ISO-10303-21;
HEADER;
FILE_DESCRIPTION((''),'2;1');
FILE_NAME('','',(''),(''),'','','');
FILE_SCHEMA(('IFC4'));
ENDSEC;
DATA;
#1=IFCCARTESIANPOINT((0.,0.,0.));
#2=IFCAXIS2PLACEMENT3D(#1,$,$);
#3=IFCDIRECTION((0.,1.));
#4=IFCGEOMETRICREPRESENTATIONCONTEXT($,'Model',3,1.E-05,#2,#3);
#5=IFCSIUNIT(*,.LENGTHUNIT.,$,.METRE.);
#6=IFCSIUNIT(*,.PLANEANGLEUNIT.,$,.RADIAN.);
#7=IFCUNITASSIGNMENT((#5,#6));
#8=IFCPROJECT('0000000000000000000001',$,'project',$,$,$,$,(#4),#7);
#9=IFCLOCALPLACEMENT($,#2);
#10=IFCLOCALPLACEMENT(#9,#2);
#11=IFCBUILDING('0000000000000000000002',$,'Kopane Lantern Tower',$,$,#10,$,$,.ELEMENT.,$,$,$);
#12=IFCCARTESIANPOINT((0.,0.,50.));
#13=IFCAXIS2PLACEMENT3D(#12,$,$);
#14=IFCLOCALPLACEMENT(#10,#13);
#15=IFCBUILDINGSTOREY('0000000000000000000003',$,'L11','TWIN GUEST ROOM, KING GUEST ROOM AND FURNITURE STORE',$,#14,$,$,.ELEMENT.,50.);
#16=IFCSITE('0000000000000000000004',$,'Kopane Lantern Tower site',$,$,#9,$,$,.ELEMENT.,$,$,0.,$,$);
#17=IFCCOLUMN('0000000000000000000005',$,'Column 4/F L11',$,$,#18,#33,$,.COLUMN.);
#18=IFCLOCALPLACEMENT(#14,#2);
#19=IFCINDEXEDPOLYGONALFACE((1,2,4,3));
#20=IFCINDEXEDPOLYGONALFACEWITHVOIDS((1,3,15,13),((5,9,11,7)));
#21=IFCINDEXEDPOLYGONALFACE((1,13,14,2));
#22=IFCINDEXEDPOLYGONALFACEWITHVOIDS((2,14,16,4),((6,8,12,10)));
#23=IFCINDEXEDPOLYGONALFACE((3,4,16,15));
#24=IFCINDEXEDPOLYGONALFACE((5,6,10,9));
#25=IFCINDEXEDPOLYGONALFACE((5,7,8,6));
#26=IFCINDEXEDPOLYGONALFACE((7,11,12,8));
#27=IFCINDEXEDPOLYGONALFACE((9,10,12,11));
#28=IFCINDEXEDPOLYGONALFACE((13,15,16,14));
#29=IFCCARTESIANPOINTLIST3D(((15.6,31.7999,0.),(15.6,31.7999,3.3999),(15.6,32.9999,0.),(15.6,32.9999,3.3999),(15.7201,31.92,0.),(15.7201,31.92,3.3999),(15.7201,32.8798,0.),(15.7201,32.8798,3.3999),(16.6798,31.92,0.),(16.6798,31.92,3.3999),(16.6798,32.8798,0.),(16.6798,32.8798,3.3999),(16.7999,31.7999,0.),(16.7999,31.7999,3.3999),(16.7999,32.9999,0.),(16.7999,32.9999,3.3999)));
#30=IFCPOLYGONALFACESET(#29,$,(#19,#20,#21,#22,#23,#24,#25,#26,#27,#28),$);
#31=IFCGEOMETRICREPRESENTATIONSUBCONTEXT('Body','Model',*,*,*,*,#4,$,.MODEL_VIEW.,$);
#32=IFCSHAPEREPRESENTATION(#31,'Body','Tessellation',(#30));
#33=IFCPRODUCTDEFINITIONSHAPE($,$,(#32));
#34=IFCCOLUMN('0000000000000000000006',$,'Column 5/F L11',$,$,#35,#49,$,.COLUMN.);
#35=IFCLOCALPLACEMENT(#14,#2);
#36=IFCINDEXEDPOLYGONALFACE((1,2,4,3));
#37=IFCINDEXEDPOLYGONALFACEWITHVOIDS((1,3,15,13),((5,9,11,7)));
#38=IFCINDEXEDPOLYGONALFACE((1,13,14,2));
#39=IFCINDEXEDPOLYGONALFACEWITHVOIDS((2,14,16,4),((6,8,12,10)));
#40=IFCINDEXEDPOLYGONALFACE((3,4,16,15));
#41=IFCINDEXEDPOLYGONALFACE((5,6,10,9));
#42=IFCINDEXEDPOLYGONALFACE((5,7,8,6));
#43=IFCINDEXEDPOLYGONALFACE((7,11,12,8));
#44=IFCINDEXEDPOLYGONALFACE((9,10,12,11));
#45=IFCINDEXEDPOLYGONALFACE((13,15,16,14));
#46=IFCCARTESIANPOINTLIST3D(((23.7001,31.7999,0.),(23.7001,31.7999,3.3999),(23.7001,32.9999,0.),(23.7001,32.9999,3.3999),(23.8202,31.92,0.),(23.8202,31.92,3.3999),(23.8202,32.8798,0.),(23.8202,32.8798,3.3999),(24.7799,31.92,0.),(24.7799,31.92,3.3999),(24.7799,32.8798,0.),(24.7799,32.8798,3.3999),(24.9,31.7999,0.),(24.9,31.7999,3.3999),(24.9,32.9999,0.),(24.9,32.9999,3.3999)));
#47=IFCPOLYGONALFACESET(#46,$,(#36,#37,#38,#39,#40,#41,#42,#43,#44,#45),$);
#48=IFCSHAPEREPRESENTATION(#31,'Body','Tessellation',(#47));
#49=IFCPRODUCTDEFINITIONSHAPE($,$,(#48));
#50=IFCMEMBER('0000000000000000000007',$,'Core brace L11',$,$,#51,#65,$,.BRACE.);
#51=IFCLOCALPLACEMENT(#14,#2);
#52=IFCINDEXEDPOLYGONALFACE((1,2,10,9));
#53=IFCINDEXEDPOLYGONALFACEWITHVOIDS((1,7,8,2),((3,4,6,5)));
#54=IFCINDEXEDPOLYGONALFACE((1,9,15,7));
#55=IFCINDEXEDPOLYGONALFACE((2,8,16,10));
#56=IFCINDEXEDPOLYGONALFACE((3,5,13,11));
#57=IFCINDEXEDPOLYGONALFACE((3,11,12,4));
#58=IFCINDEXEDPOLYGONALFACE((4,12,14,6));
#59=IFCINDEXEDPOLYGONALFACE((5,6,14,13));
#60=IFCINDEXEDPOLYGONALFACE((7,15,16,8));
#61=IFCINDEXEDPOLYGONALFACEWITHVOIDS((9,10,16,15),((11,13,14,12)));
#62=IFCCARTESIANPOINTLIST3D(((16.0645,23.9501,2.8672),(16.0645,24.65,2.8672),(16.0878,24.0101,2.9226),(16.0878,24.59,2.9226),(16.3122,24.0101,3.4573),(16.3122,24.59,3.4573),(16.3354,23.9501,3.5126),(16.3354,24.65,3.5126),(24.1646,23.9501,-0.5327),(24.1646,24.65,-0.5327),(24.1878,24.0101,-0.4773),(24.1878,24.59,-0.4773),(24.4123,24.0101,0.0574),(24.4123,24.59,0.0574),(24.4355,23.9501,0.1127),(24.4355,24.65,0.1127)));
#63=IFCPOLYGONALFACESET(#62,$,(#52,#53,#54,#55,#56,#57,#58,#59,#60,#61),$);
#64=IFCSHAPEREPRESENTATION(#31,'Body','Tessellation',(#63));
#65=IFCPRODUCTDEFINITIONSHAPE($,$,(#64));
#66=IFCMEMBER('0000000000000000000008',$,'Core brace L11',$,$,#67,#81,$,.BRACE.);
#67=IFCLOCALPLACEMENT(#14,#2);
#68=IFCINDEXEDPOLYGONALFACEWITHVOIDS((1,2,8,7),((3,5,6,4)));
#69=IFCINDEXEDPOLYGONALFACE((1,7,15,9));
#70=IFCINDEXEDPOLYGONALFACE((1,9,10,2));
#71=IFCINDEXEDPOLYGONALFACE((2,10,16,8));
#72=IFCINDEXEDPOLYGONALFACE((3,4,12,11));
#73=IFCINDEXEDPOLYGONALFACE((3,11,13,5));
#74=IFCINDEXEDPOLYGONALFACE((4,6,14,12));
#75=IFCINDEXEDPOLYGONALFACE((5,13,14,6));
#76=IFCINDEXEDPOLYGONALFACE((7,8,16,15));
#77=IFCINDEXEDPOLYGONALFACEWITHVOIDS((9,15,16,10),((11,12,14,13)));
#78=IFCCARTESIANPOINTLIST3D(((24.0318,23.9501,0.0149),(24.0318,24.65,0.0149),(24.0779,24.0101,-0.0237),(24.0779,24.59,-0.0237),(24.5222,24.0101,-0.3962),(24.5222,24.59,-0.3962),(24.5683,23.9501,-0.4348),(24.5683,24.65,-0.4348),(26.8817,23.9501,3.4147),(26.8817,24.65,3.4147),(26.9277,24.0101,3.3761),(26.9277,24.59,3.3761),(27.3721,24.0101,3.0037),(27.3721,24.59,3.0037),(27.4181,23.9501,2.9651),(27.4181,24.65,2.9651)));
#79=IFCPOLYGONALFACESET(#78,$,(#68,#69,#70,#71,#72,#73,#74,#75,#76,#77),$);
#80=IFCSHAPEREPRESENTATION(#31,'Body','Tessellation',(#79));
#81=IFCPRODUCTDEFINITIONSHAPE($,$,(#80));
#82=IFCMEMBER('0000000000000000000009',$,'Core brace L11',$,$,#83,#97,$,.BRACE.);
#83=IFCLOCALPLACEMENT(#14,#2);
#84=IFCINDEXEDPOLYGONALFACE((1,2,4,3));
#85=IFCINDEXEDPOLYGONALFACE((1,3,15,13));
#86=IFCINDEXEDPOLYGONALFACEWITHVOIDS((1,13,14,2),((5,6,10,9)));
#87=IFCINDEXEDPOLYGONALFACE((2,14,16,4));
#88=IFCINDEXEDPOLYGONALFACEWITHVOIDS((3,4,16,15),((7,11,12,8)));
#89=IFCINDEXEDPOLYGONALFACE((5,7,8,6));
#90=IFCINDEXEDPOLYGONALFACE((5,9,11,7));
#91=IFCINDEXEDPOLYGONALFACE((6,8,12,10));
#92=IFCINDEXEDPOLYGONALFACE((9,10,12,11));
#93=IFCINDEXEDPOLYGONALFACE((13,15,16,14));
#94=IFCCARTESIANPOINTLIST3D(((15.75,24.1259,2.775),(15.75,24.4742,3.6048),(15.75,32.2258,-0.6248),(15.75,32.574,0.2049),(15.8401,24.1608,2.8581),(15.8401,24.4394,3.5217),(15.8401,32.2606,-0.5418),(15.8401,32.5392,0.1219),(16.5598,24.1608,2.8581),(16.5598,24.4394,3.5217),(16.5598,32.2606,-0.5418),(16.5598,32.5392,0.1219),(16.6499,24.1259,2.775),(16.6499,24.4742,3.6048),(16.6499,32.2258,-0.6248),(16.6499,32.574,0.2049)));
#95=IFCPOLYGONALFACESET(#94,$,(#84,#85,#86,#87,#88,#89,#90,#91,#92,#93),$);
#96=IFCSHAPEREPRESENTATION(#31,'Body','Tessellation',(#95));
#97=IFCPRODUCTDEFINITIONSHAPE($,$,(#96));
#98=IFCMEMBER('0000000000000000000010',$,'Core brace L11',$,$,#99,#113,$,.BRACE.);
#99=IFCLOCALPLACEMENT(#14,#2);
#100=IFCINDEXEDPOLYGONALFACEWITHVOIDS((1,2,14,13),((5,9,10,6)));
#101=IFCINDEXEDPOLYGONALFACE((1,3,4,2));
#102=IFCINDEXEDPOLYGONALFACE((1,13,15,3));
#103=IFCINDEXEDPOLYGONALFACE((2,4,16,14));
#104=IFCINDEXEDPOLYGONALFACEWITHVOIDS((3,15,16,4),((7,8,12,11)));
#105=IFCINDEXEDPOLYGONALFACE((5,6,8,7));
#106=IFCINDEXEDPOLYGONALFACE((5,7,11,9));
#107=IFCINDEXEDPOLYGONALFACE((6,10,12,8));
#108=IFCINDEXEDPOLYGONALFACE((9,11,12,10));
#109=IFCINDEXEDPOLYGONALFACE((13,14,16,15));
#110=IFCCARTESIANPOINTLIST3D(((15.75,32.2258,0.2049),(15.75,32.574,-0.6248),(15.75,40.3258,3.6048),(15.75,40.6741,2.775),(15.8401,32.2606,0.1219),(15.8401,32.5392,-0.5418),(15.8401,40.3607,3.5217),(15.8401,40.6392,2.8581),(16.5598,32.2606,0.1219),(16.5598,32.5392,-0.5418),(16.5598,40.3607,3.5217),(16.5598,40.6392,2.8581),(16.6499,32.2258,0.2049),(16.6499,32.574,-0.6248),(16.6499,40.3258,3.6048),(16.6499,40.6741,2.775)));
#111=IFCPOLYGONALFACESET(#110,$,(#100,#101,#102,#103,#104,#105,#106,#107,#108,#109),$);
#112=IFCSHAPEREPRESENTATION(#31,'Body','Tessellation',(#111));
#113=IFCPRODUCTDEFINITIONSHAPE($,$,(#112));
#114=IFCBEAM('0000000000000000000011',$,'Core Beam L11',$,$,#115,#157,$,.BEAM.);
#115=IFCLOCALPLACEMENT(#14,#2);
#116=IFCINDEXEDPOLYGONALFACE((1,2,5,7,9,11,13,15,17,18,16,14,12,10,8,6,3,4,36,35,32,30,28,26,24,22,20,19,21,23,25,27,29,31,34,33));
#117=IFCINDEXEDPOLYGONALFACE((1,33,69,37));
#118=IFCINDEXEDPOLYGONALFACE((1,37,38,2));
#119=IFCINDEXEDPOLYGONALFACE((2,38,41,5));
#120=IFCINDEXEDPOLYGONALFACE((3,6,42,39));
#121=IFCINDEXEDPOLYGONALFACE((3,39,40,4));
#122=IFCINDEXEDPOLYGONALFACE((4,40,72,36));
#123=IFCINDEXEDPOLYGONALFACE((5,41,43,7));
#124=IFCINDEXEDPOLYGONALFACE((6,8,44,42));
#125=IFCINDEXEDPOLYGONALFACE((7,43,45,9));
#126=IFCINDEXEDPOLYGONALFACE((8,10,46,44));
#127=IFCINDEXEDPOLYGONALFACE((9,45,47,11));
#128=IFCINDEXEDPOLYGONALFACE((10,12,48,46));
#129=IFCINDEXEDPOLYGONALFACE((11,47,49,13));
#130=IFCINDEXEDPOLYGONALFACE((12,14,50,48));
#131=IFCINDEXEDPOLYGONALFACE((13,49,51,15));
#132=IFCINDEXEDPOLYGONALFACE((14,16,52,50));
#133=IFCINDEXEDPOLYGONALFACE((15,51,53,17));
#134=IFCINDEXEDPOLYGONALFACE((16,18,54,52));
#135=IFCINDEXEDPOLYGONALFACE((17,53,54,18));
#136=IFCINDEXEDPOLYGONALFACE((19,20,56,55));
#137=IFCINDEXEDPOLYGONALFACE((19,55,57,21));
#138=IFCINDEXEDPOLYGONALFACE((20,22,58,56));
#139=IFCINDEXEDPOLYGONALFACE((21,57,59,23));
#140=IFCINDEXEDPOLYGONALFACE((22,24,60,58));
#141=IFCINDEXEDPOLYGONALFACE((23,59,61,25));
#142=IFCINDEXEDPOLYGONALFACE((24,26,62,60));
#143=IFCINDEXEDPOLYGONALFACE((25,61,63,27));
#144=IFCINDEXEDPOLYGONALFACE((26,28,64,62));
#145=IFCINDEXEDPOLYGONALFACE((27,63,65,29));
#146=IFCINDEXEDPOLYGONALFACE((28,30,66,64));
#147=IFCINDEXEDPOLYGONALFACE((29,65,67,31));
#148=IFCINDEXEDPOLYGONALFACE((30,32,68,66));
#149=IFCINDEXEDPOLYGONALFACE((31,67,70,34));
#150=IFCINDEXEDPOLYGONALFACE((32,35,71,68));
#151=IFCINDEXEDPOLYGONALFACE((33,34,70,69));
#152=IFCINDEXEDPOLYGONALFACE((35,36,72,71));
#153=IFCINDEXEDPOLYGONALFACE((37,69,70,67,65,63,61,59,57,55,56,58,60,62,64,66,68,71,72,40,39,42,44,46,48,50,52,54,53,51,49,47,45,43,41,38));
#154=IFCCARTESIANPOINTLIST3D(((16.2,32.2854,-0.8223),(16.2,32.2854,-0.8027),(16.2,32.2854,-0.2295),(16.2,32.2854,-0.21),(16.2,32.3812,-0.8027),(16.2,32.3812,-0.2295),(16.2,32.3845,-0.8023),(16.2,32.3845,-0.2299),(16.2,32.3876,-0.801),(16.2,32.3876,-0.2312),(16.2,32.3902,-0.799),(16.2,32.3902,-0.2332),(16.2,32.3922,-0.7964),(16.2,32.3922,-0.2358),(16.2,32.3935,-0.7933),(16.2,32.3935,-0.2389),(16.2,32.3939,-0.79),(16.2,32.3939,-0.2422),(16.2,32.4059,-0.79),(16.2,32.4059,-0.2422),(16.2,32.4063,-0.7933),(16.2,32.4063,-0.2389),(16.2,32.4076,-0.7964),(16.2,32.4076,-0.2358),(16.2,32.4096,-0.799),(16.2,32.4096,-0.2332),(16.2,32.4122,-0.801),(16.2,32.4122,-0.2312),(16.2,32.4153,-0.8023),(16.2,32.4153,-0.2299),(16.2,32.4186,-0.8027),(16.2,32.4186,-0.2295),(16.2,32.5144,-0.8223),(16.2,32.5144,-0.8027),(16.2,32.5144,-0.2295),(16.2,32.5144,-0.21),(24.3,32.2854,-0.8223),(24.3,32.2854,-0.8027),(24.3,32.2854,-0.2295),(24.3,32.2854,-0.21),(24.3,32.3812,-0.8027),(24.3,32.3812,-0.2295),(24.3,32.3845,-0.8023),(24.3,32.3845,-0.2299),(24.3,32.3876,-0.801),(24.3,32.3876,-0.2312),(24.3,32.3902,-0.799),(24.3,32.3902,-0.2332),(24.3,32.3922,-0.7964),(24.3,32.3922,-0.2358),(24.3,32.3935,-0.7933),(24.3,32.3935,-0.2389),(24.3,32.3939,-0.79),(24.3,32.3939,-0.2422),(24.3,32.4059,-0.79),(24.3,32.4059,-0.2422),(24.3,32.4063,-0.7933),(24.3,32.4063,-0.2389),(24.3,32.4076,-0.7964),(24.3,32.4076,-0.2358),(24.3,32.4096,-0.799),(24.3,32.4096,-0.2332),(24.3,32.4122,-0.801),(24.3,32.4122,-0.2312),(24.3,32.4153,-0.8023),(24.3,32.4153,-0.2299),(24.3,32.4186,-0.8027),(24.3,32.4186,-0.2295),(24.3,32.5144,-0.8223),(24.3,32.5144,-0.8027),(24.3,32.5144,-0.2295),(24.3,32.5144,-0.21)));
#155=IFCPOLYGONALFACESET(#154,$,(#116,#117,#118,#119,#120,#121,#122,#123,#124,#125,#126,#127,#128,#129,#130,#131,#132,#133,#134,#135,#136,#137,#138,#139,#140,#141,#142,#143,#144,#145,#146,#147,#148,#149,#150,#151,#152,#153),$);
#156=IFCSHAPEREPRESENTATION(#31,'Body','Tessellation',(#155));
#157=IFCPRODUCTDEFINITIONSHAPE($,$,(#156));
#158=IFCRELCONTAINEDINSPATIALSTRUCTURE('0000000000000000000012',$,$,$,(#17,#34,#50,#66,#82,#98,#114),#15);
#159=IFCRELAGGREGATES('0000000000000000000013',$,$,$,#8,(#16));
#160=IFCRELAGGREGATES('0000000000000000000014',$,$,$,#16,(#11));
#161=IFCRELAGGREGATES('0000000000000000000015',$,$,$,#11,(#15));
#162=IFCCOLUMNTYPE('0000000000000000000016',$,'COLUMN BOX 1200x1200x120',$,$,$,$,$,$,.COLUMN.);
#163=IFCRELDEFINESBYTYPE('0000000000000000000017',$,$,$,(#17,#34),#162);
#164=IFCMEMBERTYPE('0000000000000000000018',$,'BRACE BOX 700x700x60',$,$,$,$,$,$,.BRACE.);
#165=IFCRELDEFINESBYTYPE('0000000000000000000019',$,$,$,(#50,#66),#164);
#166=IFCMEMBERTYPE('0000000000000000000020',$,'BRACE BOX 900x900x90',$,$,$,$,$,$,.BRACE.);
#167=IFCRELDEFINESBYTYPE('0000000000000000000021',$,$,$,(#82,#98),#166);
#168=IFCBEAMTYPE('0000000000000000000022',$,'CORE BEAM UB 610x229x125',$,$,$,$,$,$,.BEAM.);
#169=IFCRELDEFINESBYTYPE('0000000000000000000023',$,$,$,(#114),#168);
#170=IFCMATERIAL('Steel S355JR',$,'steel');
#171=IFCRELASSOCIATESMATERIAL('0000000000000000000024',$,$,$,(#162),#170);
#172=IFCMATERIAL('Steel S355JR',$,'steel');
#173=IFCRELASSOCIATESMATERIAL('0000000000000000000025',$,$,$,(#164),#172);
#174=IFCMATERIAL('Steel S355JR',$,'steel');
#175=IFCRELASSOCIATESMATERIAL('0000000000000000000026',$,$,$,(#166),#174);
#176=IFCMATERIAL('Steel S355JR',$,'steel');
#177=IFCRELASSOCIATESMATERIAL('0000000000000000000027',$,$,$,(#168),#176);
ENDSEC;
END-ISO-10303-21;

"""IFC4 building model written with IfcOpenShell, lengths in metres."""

from ifc_helpers import new_model, si_unit, direction, frame, origin, origin_2d, place, context, subcontext, project, spatial, hollow_rectangle, i_section, extrude, material, material_profile, profile_set, type_object, element, save


model = new_model("IFC4")

# Units and contexts
model_context = context("Model", 3, precision=1e-05, world=origin(), true_north=direction((0.0, 1.0)))
body_context = subcontext(model_context, "Body", "Model", "MODEL_VIEW")
ifc_project = project(units=[si_unit("LENGTHUNIT", "METRE"), si_unit("PLANEANGLEUNIT", "RADIAN")], contexts=[model_context])

# Site, building, storey
site_placement = place(None, origin())
site = spatial("IfcSite", under=ifc_project, at=site_placement, Name="Kopane Lantern Tower site", CompositionType="ELEMENT", RefElevation=0.0)
building_placement = place(site_placement, origin())
building = spatial("IfcBuilding", under=site, at=building_placement, Name="Kopane Lantern Tower", CompositionType="ELEMENT")
storey_placement = place(building_placement, frame((0.0, 0.0, 50.0)))
storey = spatial("IfcBuildingStorey", under=building, at=storey_placement, Name="L11", Description="TWIN GUEST ROOM, KING GUEST ROOM AND FURNITURE STORE", CompositionType="ELEMENT", Elevation=50.0)

# Columns
ifc_material_1 = material(Name="Steel S355JR", Category="steel")
ifc_material_profile_1 = material_profile(ifc_material_1, hollow_rectangle(XDim=1.2, YDim=1.2, WallThickness=0.1201, at=origin_2d()), Name="BOX 1200x1200x120")
ifc_profile_set_1 = profile_set([ifc_material_profile_1], Name="Steel S355JR")
column_type = type_object("IfcColumnType", Name="COLUMN BOX 1200x1200x120", PredefinedType="COLUMN", material=ifc_profile_set_1)
for number, where, z_axis, x_axis, name in (
    (1, (16.2, 32.3999, 0.0), (0.0, 0.0, 1.0), (1.0, 0.0, 0.0), "Column 4/F L11"),
    (2, (24.3, 32.3999, 0.0), (0.0, 0.0, 1.0), (1.0, 0.0, 0.0), "Column 5/F L11"),
):
    element("IfcColumn", number, at=place(storey_placement, frame(where, z_axis=z_axis, x_axis=x_axis)), inside=storey, type_object=column_type, Name=name, PredefinedType="COLUMN", context=body_context, shape_type="SweptSolid", body=[
        extrude(hollow_rectangle(XDim=1.2, YDim=1.2, WallThickness=0.1201, at=origin_2d()), origin(), (0.0, 0.0, 1.0), 3.3999),
    ])

# Members
ifc_material_2 = material(Name="Steel S355JR", Category="steel")
ifc_material_profile_2 = material_profile(ifc_material_2, hollow_rectangle(XDim=0.7, YDim=0.7, WallThickness=0.0601, at=origin_2d()), Name="BOX 700x700x60")
ifc_profile_set_2 = profile_set([ifc_material_profile_2], Name="Steel S355JR")
member_type_1 = type_object("IfcMemberType", Name="BRACE BOX 700x700x60", PredefinedType="BRACE", material=ifc_profile_set_2)
member_1_placement = place(storey_placement, frame((24.3, 24.3, -0.21), z_axis=(-0.922069, 0.0, 0.387026), x_axis=(0.0, -1.0, 0.0)))
element("IfcMember", 3, at=member_1_placement, inside=storey, type_object=member_type_1, Name="Core brace L11", PredefinedType="BRACE", context=body_context, shape_type="SweptSolid", body=[
    extrude(hollow_rectangle(XDim=0.7, YDim=0.7, WallThickness=0.0601, at=origin_2d()), origin(), (0.0, 0.0, 1.0), 8.7847),
])
member_2_placement = place(storey_placement, frame((24.3, 24.3, -0.21), z_axis=(0.64239, 0.0, 0.766378), x_axis=(0.0, 1.0, 0.0)))
element("IfcMember", 4, at=member_2_placement, inside=storey, type_object=member_type_1, Name="Core brace L11", PredefinedType="BRACE", context=body_context, shape_type="SweptSolid", body=[
    extrude(hollow_rectangle(XDim=0.7, YDim=0.7, WallThickness=0.0601, at=origin_2d()), origin(), (0.0, 0.0, 1.0), 4.4363),
])
ifc_material_3 = material(Name="Steel S355JR", Category="steel")
ifc_material_profile_3 = material_profile(ifc_material_3, hollow_rectangle(XDim=0.8999, YDim=0.8999, WallThickness=0.0901, at=origin_2d()), Name="BOX 900x900x90")
ifc_profile_set_3 = profile_set([ifc_material_profile_3], Name="Steel S355JR")
member_type_2 = type_object("IfcMemberType", Name="BRACE BOX 900x900x90", PredefinedType="BRACE", material=ifc_profile_set_3)
member_3_placement = place(storey_placement, frame((16.2, 32.3999, -0.21), z_axis=(0.0, -0.922065, 0.387035), x_axis=(1.0, 0.0, 0.0)))
element("IfcMember", 5, at=member_3_placement, inside=storey, type_object=member_type_2, Name="Core brace L11", PredefinedType="BRACE", context=body_context, shape_type="SweptSolid", body=[
    extrude(hollow_rectangle(XDim=0.8999, YDim=0.8999, WallThickness=0.0901, at=origin_2d()), origin(), (0.0, 0.0, 1.0), 8.7844),
])
member_4_placement = place(storey_placement, frame((16.2, 32.3999, -0.21), z_axis=(0.0, 0.922069, 0.387026), x_axis=(-1.0, 0.0, 0.0)))
element("IfcMember", 6, at=member_4_placement, inside=storey, type_object=member_type_2, Name="Core brace L11", PredefinedType="BRACE", context=body_context, shape_type="SweptSolid", body=[
    extrude(hollow_rectangle(XDim=0.8999, YDim=0.8999, WallThickness=0.0901, at=origin_2d()), origin(), (0.0, 0.0, 1.0), 8.7847),
])

# Beam
ifc_material_4 = material(Name="Steel S355JR", Category="steel")
ifc_material_profile_4 = material_profile(ifc_material_4, i_section(OverallWidth=0.229, OverallDepth=0.6123, WebThickness=0.012, FlangeThickness=0.0195, FilletRadius=0.0127, at=origin_2d()), Name="UB 610x229x125")
ifc_profile_set_4 = profile_set([ifc_material_profile_4], Name="Steel S355JR")
beam_type_1 = type_object("IfcBeamType", Name="CORE BEAM UB 610x229x125", PredefinedType="BEAM", material=ifc_profile_set_4)
for number, where, z_axis, x_axis, name in (
    (7, (16.2, 32.3999, -0.5161), (1.0, 0.0, 0.0), (0.0, 1.0, 0.0), "Core Beam L11"),
):
    element("IfcBeam", number, at=place(storey_placement, frame(where, z_axis=z_axis, x_axis=x_axis)), inside=storey, type_object=beam_type_1, Name=name, PredefinedType="BEAM", context=body_context, shape_type="SweptSolid", body=[
        extrude(i_section(OverallWidth=0.229, OverallDepth=0.6123, WebThickness=0.012, FlangeThickness=0.0195, FilletRadius=0.0127, at=origin_2d()), origin(), (0.0, 0.0, 1.0), 8.1001),
    ])

save(model, "model.ifc")
